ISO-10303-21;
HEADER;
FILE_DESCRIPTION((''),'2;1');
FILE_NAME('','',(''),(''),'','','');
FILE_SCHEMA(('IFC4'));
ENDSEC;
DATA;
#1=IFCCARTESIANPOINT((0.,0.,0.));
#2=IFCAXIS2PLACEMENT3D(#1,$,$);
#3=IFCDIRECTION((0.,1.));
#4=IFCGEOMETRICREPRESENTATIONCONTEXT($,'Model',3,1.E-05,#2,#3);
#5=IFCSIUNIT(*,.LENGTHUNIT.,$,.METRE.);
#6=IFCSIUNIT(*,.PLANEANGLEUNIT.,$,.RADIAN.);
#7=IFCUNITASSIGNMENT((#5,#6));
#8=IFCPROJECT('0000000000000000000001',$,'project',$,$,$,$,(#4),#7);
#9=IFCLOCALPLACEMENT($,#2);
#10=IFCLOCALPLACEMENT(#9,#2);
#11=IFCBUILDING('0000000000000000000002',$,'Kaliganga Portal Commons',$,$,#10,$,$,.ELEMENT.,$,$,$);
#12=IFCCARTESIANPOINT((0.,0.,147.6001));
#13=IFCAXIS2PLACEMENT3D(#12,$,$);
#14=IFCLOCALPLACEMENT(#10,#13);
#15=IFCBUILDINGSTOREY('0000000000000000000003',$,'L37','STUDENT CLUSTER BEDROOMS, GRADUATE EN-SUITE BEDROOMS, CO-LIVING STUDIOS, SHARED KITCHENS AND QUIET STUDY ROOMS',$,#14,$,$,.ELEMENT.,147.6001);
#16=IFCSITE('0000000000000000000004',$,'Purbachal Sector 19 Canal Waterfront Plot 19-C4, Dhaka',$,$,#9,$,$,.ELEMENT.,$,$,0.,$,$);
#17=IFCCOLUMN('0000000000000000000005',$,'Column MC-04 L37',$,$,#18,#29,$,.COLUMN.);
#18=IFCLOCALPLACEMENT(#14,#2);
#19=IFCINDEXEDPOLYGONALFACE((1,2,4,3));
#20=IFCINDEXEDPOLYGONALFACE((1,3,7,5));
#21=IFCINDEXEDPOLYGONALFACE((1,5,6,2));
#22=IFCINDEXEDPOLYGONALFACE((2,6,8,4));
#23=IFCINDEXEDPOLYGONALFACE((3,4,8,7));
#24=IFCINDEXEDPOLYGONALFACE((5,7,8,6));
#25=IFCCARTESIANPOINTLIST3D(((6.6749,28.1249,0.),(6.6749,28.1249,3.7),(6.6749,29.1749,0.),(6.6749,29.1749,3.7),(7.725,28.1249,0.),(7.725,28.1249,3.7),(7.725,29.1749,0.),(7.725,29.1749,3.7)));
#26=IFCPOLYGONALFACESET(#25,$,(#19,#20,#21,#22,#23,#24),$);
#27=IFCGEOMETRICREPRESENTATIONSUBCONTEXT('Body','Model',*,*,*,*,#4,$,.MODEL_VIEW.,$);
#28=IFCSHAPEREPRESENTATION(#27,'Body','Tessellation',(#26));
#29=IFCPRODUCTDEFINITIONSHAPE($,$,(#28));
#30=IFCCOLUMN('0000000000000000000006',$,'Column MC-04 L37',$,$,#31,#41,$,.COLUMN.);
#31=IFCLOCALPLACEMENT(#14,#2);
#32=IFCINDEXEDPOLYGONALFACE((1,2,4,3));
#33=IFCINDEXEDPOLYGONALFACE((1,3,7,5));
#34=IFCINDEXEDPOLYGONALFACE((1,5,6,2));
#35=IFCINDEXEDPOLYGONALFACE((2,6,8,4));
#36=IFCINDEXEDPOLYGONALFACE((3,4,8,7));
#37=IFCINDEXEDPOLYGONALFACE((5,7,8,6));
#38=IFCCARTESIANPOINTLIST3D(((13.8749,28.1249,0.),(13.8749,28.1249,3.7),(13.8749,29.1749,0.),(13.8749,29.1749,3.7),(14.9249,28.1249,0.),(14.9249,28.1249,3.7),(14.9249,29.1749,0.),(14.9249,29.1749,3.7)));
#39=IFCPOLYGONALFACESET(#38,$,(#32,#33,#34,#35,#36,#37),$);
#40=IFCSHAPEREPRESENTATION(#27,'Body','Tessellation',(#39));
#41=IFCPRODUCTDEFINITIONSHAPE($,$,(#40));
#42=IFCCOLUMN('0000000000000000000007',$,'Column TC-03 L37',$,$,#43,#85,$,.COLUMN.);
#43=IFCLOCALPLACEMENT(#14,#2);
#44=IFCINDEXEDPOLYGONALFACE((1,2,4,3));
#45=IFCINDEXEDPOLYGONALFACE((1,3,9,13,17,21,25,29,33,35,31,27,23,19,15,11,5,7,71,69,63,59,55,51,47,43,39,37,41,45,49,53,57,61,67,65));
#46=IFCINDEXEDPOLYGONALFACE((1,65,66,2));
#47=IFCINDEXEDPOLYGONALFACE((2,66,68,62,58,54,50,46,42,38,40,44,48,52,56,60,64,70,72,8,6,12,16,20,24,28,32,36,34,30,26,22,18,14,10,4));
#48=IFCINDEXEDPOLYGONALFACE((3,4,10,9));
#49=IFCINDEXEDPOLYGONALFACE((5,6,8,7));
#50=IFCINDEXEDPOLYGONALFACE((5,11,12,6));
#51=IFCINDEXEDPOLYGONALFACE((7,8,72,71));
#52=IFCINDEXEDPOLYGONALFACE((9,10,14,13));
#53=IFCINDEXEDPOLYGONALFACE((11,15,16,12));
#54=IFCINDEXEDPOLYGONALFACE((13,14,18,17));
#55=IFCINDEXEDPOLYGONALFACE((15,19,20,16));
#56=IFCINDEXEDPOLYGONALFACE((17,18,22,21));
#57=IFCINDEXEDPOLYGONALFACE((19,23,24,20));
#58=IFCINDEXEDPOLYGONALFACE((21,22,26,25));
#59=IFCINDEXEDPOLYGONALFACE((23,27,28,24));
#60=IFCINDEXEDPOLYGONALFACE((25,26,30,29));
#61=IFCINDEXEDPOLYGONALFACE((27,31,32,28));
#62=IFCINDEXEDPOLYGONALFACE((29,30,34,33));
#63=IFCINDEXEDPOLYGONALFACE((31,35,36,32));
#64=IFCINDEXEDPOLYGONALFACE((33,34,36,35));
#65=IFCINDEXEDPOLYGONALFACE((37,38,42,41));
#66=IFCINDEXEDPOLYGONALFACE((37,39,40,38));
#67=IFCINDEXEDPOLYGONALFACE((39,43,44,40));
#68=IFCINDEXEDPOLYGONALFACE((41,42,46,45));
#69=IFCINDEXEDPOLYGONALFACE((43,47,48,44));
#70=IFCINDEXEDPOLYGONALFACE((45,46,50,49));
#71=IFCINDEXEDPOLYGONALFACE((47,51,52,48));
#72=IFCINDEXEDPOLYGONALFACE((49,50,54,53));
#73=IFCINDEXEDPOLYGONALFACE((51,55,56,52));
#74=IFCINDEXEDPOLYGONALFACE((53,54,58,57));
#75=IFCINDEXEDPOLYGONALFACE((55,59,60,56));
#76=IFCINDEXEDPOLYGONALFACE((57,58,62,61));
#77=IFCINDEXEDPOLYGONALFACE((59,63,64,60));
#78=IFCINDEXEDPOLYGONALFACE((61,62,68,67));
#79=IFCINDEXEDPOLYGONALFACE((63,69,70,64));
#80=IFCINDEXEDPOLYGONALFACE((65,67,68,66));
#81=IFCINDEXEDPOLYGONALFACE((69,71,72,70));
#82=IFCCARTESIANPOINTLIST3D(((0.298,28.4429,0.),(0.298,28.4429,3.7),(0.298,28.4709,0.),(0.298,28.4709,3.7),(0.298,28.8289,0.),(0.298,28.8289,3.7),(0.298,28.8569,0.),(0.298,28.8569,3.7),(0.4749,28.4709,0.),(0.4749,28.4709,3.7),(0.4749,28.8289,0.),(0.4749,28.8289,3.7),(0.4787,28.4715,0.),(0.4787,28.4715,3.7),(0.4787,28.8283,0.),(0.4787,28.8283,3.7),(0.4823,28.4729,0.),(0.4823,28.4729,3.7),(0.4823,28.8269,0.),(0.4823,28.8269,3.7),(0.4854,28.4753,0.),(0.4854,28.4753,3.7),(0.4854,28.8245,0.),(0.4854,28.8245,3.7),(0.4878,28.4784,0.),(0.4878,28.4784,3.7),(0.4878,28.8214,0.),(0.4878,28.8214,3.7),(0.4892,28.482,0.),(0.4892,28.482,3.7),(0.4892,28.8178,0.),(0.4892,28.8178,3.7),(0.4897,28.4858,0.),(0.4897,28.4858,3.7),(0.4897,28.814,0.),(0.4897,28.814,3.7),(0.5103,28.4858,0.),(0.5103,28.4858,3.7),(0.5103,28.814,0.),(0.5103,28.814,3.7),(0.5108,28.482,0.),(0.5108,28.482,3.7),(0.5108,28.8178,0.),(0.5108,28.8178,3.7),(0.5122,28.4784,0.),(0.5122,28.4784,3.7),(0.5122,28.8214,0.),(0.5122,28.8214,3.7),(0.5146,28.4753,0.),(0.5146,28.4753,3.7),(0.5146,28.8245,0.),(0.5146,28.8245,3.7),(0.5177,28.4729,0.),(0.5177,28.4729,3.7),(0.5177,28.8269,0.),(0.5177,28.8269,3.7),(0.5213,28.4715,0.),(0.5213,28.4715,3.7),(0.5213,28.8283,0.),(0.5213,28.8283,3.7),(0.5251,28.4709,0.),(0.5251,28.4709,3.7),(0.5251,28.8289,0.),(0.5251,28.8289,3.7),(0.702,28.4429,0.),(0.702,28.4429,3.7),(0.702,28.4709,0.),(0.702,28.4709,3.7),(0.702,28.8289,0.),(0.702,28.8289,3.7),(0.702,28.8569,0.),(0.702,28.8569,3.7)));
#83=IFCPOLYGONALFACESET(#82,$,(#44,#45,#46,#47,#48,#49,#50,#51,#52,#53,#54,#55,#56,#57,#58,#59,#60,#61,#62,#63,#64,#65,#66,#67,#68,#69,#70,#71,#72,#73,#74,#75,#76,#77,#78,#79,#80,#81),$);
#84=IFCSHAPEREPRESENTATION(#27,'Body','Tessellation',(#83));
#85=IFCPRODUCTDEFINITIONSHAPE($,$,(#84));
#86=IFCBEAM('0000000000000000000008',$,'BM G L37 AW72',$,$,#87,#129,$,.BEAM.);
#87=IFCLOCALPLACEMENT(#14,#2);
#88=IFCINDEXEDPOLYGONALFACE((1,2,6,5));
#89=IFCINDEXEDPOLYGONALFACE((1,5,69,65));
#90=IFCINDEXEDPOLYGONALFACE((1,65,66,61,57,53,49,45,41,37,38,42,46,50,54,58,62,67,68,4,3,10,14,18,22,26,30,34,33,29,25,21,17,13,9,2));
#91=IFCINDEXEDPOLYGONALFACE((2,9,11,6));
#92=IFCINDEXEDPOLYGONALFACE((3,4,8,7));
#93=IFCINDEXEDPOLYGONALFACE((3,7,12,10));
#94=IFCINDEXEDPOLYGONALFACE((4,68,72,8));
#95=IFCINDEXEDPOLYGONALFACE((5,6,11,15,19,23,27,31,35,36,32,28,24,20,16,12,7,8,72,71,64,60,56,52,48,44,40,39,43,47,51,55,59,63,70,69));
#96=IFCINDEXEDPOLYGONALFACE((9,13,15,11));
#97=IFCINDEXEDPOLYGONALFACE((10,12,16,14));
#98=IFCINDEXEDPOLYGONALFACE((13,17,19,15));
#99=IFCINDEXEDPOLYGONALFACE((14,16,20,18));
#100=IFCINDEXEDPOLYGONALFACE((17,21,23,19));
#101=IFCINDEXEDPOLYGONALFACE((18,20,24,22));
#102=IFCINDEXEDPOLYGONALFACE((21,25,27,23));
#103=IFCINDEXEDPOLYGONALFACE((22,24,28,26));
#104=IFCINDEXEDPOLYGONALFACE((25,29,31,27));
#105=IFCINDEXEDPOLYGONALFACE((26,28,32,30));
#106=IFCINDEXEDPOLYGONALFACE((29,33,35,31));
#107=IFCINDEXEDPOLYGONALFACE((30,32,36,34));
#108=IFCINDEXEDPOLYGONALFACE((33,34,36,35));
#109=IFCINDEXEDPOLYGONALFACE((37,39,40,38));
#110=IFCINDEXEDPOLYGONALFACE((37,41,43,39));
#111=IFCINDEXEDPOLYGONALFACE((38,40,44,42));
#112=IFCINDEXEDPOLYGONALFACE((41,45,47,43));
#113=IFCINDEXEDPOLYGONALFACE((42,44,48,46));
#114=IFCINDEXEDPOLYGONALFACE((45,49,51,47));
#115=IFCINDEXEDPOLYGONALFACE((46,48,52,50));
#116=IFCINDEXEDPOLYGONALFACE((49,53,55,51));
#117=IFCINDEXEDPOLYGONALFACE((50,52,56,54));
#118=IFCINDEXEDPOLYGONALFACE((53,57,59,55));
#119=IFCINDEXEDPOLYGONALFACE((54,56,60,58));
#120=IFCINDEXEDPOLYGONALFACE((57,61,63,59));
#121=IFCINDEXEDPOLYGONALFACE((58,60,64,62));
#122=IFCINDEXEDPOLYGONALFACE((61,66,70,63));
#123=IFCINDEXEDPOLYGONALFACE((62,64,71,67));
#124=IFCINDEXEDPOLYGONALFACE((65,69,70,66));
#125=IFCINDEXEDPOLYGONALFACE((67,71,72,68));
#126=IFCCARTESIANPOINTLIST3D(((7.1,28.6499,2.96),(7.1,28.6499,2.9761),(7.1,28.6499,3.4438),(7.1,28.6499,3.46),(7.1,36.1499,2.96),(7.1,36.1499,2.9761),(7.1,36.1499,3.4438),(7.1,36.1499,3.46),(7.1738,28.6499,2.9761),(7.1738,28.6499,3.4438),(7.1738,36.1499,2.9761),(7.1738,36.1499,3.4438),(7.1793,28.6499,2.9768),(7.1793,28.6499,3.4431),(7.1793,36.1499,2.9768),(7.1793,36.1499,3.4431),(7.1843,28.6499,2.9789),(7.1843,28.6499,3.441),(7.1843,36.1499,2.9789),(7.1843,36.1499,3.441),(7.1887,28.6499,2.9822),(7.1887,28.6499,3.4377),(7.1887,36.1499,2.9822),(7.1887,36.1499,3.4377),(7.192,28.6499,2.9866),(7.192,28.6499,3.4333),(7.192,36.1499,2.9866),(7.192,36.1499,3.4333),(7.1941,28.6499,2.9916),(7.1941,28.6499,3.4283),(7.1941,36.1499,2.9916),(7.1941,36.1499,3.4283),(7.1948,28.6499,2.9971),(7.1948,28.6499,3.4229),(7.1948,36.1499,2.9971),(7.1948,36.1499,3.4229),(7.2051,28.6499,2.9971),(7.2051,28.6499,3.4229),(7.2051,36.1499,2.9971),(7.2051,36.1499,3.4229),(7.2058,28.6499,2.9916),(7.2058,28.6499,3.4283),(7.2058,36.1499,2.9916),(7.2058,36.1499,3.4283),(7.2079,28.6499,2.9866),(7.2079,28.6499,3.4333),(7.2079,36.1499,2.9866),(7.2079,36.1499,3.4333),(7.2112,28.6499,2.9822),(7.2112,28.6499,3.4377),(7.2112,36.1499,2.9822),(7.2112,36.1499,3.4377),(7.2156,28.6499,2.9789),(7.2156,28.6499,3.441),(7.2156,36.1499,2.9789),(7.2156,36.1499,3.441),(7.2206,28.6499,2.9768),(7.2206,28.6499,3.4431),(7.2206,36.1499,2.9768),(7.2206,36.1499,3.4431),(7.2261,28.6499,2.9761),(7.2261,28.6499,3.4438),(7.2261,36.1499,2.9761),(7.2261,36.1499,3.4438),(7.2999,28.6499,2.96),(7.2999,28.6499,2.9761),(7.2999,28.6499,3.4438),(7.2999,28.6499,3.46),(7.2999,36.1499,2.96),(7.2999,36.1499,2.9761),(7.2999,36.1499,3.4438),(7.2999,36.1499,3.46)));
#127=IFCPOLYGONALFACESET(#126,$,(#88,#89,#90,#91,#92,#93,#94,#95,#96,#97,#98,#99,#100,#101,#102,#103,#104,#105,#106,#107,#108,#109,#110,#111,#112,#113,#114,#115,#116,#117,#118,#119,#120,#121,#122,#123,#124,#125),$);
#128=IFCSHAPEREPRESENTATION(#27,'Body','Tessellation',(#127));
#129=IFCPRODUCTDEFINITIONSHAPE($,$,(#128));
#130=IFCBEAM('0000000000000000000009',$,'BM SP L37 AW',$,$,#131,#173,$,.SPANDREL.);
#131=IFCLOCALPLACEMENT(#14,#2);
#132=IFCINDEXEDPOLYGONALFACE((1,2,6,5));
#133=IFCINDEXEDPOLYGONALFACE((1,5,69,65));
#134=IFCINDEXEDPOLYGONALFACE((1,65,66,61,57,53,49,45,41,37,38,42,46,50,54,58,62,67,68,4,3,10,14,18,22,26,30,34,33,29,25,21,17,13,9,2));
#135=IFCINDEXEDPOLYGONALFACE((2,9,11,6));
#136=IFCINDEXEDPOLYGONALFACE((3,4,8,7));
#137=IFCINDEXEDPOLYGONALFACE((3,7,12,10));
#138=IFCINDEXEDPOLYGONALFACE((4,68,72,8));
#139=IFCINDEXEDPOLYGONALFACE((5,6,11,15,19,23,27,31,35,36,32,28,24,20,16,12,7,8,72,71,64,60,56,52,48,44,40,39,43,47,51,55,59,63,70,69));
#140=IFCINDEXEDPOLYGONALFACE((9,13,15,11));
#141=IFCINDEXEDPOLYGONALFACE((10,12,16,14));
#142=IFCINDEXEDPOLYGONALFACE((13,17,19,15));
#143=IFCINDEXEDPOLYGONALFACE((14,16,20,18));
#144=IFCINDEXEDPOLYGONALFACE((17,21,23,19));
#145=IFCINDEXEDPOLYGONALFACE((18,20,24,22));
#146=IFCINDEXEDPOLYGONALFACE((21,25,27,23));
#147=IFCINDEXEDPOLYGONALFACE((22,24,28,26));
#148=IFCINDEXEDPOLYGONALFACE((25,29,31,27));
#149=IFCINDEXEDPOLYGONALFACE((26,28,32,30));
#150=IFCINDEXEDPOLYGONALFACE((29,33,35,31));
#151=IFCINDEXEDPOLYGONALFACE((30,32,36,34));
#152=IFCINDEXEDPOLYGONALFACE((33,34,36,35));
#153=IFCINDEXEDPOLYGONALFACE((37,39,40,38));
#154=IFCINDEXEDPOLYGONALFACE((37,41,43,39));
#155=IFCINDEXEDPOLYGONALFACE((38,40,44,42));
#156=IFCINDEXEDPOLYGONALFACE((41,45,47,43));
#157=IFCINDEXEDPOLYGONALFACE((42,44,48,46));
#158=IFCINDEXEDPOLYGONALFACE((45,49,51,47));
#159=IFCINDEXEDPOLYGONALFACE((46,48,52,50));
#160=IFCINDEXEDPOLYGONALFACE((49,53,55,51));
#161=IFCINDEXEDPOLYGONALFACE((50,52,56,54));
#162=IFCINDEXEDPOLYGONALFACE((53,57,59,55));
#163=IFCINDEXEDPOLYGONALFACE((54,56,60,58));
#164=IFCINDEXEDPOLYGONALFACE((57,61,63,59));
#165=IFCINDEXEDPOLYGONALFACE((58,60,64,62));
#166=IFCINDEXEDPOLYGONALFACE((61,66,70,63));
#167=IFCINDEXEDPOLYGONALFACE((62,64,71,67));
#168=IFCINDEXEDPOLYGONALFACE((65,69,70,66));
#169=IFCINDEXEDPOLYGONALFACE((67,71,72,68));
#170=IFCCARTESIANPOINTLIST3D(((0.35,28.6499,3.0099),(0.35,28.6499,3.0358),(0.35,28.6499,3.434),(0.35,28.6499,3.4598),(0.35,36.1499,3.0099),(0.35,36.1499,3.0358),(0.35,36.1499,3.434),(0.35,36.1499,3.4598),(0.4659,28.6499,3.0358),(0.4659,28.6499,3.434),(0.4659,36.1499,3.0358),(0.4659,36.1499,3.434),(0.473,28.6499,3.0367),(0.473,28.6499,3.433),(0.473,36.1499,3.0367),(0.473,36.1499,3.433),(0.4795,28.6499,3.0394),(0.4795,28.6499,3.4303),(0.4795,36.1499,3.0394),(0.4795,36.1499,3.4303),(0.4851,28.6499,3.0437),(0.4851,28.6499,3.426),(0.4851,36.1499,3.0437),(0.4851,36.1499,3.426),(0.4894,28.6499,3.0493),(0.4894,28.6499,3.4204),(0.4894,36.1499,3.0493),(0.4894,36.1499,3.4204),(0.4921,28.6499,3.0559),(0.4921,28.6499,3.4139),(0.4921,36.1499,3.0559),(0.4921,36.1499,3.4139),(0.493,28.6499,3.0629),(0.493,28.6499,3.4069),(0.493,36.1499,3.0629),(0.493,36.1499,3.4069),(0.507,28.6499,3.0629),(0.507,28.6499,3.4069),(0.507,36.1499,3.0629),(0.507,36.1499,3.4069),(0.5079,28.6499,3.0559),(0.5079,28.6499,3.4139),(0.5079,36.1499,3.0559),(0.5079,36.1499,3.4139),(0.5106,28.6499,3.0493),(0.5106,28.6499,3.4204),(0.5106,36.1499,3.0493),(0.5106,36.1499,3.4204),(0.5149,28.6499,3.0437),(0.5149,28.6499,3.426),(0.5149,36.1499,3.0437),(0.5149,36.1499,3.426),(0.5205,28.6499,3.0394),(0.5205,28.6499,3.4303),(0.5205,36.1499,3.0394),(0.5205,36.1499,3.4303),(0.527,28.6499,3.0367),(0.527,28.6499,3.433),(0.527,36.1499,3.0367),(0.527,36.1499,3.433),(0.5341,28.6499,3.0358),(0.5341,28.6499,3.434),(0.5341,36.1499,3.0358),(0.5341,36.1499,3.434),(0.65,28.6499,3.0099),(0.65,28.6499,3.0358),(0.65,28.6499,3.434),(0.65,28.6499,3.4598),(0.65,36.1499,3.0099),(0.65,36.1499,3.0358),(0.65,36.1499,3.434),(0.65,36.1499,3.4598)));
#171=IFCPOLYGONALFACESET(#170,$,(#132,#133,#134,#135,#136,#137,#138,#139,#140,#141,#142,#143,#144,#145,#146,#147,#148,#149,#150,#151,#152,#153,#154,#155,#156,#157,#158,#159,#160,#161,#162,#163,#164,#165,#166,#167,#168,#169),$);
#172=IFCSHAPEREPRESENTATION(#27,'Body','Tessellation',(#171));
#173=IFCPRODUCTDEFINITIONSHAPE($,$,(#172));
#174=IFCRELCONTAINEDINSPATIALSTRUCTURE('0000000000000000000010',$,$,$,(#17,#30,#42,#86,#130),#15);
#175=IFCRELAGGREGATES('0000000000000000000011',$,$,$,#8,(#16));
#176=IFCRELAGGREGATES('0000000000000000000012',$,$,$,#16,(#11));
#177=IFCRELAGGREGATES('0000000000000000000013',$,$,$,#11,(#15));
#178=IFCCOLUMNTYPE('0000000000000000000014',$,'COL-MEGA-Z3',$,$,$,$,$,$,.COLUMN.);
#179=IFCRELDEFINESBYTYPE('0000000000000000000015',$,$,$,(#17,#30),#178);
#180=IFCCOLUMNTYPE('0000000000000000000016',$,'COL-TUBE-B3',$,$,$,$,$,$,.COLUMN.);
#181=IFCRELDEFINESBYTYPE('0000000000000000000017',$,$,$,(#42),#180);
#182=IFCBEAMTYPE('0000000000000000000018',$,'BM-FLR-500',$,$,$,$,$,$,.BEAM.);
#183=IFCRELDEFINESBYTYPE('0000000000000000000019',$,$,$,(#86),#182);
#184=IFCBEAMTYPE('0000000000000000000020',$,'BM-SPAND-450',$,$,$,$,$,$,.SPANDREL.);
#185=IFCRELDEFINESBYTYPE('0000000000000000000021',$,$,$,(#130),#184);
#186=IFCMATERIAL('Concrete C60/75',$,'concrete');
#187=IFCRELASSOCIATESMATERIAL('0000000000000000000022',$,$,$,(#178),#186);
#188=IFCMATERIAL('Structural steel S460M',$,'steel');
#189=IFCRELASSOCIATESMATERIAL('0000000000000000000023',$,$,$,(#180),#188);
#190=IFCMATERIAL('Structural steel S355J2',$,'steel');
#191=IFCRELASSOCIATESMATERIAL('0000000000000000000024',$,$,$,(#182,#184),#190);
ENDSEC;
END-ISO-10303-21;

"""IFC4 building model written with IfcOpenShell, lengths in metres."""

from ifc_helpers import new_model, si_unit, direction, frame, origin, origin_2d, place, context, subcontext, project, spatial, rectangle, i_section, extrude, source, transform, mapped, material, material_profile, profile_set, type_object, element, save


model = new_model("IFC4")

# Units and contexts
model_context = context("Model", 3, precision=1e-05, world=origin(), true_north=direction((0.0, 1.0)))
body_context = subcontext(model_context, "Body", "Model", "MODEL_VIEW")
ifc_project = project(units=[si_unit("LENGTHUNIT", "METRE"), si_unit("PLANEANGLEUNIT", "RADIAN")], contexts=[model_context])

# Site, building, storey
site_placement = place(None, origin())
site = spatial("IfcSite", under=ifc_project, at=site_placement, Name="Purbachal Sector 19 Canal Waterfront Plot 19-C4, Dhaka", CompositionType="ELEMENT", RefElevation=0.0)
building_placement = place(site_placement, origin())
building = spatial("IfcBuilding", under=site, at=building_placement, Name="Kaliganga Portal Commons", CompositionType="ELEMENT")
storey_placement = place(building_placement, frame((0.0, 0.0, 147.6001)))
storey = spatial("IfcBuildingStorey", under=building, at=storey_placement, Name="L37", Description="STUDENT CLUSTER BEDROOMS, GRADUATE EN-SUITE BEDROOMS, CO-LIVING STUDIOS, SHARED KITCHENS AND QUIET STUDY ROOMS", CompositionType="ELEMENT", Elevation=147.6001)

# Columns
ifc_material_1 = material(Name="Concrete C60/75", Category="concrete")
ifc_material_profile_1 = material_profile(ifc_material_1, rectangle(XDim=1.05, YDim=1.05, at=origin_2d()), Name="RC 1050x1050")
ifc_profile_set_1 = profile_set([ifc_material_profile_1], Name="Concrete C60/75")
column_type_1 = type_object("IfcColumnType", Name="COL-MEGA-Z3", PredefinedType="COLUMN", material=ifc_profile_set_1)
shared_shape_1 = source(origin(), body_context, "Body", "SweptSolid", [
    extrude(rectangle(XDim=1.05, YDim=1.05, at=origin_2d()), origin(), (0.0, 0.0, 1.0), 3.7),
])
for number, where, z_axis, x_axis, name in (
    (1, (7.2, 28.6499, 0.0), (0.0, 0.0, 1.0), (1.0, 0.0, 0.0), "Column MC-04 L37"),
    (2, (14.3999, 28.6499, 0.0), (0.0, 0.0, 1.0), (1.0, 0.0, 0.0), "Column MC-04 L37"),
):
    element("IfcColumn", number, at=place(storey_placement, frame(where, z_axis=z_axis, x_axis=x_axis)), inside=storey, type_object=column_type_1, Name=name, PredefinedType="COLUMN", context=body_context, shape_type="MappedRepresentation", body=[
        mapped(shared_shape_1, transform((0.0, 0.0, 0.0), x_axis=(1.0, 0.0, 0.0), y_axis=(0.0, 1.0, 0.0), z_axis=(0.0, 0.0, 1.0), scale=1.0)),
    ])
ifc_material_2 = material(Name="Structural steel S460M", Category="steel")
ifc_material_profile_2 = material_profile(ifc_material_2, i_section(OverallWidth=0.4041, OverallDepth=0.4141, WebThickness=0.0205, FlangeThickness=0.0281, FilletRadius=0.0149, at=origin_2d()), Name="HD 400x347")
ifc_profile_set_2 = profile_set([ifc_material_profile_2], Name="Structural steel S460M wide-flange")
column_type_2 = type_object("IfcColumnType", Name="COL-TUBE-B3", PredefinedType="COLUMN", material=ifc_profile_set_2)
shared_shape_2 = source(origin(), body_context, "Body", "SweptSolid", [
    extrude(i_section(OverallWidth=0.4041, OverallDepth=0.4141, WebThickness=0.0205, FlangeThickness=0.0281, FilletRadius=0.0149, at=origin_2d()), origin(), (0.0, 0.0, 1.0), 3.7),
])
column_placement = place(storey_placement, frame((0.5, 28.6499, 0.0), z_axis=(0.0, 0.0, 1.0), x_axis=(1.0, 0.0, 0.0)))
element("IfcColumn", 3, at=column_placement, inside=storey, type_object=column_type_2, Name="Column TC-03 L37", PredefinedType="COLUMN", context=body_context, shape_type="MappedRepresentation", body=[
    mapped(shared_shape_2, transform((0.0, 0.0, 0.0), x_axis=(1.0, 0.0, 0.0), y_axis=(0.0, 1.0, 0.0), z_axis=(0.0, 0.0, 1.0), scale=1.0)),
])

# Beams
ifc_material_3 = material(Name="Structural steel S355J2", Category="steel")
ifc_material_profile_3 = material_profile(ifc_material_3, i_section(OverallWidth=0.2, OverallDepth=0.5, WebThickness=0.0103, FlangeThickness=0.0161, FilletRadius=0.021, at=origin_2d()), Name="IPE 500")
ifc_profile_set_3 = profile_set([ifc_material_profile_3], Name="Structural steel S355J2 wide-flange")
beam_type_1 = type_object("IfcBeamType", Name="BM-FLR-500", PredefinedType="BEAM", material=ifc_profile_set_3)
shared_shape_3 = source(origin(), body_context, "Body", "SweptSolid", [
    extrude(i_section(OverallWidth=0.2, OverallDepth=0.5, WebThickness=0.0103, FlangeThickness=0.0161, FilletRadius=0.021, at=origin_2d()), origin(), (0.0, 0.0, 1.0), 7.5),
])
beam_1_placement = place(storey_placement, frame((7.2, 28.6499, 3.21), z_axis=(0.0, 1.0, 0.0), x_axis=(-1.0, 0.0, 0.0)))
element("IfcBeam", 4, at=beam_1_placement, inside=storey, type_object=beam_type_1, Name="BM G L37 AW72", PredefinedType="BEAM", context=body_context, shape_type="MappedRepresentation", body=[
    mapped(shared_shape_3, transform((0.0, 0.0, 0.0), x_axis=(1.0, 0.0, 0.0), y_axis=(0.0, 1.0, 0.0), z_axis=(0.0, 0.0, 1.0), scale=1.0)),
])
ifc_material_profile_4 = material_profile(ifc_material_3, i_section(OverallWidth=0.3, OverallDepth=0.45, WebThickness=0.0139, FlangeThickness=0.0259, FilletRadius=0.0271, at=origin_2d()), Name="HE 450 B")
ifc_profile_set_4 = profile_set([ifc_material_profile_4], Name="Structural steel S355J2 wide-flange")
beam_type_2 = type_object("IfcBeamType", Name="BM-SPAND-450", PredefinedType="SPANDREL", material=ifc_profile_set_4)
shared_shape_4 = source(origin(), body_context, "Body", "SweptSolid", [
    extrude(i_section(OverallWidth=0.3, OverallDepth=0.45, WebThickness=0.0139, FlangeThickness=0.0259, FilletRadius=0.0271, at=origin_2d()), origin(), (0.0, 0.0, 1.0), 7.5),
])
beam_2_placement = place(storey_placement, frame((0.5, 28.6499, 3.2349), z_axis=(0.0, 1.0, 0.0), x_axis=(-1.0, 0.0, 0.0)))
element("IfcBeam", 5, at=beam_2_placement, inside=storey, type_object=beam_type_2, Name="BM SP L37 AW", PredefinedType="SPANDREL", context=body_context, shape_type="MappedRepresentation", body=[
    mapped(shared_shape_4, transform((0.0, 0.0, 0.0), x_axis=(1.0, 0.0, 0.0), y_axis=(0.0, 1.0, 0.0), z_axis=(0.0, 0.0, 1.0), scale=1.0)),
])

save(model, "model.ifc")
